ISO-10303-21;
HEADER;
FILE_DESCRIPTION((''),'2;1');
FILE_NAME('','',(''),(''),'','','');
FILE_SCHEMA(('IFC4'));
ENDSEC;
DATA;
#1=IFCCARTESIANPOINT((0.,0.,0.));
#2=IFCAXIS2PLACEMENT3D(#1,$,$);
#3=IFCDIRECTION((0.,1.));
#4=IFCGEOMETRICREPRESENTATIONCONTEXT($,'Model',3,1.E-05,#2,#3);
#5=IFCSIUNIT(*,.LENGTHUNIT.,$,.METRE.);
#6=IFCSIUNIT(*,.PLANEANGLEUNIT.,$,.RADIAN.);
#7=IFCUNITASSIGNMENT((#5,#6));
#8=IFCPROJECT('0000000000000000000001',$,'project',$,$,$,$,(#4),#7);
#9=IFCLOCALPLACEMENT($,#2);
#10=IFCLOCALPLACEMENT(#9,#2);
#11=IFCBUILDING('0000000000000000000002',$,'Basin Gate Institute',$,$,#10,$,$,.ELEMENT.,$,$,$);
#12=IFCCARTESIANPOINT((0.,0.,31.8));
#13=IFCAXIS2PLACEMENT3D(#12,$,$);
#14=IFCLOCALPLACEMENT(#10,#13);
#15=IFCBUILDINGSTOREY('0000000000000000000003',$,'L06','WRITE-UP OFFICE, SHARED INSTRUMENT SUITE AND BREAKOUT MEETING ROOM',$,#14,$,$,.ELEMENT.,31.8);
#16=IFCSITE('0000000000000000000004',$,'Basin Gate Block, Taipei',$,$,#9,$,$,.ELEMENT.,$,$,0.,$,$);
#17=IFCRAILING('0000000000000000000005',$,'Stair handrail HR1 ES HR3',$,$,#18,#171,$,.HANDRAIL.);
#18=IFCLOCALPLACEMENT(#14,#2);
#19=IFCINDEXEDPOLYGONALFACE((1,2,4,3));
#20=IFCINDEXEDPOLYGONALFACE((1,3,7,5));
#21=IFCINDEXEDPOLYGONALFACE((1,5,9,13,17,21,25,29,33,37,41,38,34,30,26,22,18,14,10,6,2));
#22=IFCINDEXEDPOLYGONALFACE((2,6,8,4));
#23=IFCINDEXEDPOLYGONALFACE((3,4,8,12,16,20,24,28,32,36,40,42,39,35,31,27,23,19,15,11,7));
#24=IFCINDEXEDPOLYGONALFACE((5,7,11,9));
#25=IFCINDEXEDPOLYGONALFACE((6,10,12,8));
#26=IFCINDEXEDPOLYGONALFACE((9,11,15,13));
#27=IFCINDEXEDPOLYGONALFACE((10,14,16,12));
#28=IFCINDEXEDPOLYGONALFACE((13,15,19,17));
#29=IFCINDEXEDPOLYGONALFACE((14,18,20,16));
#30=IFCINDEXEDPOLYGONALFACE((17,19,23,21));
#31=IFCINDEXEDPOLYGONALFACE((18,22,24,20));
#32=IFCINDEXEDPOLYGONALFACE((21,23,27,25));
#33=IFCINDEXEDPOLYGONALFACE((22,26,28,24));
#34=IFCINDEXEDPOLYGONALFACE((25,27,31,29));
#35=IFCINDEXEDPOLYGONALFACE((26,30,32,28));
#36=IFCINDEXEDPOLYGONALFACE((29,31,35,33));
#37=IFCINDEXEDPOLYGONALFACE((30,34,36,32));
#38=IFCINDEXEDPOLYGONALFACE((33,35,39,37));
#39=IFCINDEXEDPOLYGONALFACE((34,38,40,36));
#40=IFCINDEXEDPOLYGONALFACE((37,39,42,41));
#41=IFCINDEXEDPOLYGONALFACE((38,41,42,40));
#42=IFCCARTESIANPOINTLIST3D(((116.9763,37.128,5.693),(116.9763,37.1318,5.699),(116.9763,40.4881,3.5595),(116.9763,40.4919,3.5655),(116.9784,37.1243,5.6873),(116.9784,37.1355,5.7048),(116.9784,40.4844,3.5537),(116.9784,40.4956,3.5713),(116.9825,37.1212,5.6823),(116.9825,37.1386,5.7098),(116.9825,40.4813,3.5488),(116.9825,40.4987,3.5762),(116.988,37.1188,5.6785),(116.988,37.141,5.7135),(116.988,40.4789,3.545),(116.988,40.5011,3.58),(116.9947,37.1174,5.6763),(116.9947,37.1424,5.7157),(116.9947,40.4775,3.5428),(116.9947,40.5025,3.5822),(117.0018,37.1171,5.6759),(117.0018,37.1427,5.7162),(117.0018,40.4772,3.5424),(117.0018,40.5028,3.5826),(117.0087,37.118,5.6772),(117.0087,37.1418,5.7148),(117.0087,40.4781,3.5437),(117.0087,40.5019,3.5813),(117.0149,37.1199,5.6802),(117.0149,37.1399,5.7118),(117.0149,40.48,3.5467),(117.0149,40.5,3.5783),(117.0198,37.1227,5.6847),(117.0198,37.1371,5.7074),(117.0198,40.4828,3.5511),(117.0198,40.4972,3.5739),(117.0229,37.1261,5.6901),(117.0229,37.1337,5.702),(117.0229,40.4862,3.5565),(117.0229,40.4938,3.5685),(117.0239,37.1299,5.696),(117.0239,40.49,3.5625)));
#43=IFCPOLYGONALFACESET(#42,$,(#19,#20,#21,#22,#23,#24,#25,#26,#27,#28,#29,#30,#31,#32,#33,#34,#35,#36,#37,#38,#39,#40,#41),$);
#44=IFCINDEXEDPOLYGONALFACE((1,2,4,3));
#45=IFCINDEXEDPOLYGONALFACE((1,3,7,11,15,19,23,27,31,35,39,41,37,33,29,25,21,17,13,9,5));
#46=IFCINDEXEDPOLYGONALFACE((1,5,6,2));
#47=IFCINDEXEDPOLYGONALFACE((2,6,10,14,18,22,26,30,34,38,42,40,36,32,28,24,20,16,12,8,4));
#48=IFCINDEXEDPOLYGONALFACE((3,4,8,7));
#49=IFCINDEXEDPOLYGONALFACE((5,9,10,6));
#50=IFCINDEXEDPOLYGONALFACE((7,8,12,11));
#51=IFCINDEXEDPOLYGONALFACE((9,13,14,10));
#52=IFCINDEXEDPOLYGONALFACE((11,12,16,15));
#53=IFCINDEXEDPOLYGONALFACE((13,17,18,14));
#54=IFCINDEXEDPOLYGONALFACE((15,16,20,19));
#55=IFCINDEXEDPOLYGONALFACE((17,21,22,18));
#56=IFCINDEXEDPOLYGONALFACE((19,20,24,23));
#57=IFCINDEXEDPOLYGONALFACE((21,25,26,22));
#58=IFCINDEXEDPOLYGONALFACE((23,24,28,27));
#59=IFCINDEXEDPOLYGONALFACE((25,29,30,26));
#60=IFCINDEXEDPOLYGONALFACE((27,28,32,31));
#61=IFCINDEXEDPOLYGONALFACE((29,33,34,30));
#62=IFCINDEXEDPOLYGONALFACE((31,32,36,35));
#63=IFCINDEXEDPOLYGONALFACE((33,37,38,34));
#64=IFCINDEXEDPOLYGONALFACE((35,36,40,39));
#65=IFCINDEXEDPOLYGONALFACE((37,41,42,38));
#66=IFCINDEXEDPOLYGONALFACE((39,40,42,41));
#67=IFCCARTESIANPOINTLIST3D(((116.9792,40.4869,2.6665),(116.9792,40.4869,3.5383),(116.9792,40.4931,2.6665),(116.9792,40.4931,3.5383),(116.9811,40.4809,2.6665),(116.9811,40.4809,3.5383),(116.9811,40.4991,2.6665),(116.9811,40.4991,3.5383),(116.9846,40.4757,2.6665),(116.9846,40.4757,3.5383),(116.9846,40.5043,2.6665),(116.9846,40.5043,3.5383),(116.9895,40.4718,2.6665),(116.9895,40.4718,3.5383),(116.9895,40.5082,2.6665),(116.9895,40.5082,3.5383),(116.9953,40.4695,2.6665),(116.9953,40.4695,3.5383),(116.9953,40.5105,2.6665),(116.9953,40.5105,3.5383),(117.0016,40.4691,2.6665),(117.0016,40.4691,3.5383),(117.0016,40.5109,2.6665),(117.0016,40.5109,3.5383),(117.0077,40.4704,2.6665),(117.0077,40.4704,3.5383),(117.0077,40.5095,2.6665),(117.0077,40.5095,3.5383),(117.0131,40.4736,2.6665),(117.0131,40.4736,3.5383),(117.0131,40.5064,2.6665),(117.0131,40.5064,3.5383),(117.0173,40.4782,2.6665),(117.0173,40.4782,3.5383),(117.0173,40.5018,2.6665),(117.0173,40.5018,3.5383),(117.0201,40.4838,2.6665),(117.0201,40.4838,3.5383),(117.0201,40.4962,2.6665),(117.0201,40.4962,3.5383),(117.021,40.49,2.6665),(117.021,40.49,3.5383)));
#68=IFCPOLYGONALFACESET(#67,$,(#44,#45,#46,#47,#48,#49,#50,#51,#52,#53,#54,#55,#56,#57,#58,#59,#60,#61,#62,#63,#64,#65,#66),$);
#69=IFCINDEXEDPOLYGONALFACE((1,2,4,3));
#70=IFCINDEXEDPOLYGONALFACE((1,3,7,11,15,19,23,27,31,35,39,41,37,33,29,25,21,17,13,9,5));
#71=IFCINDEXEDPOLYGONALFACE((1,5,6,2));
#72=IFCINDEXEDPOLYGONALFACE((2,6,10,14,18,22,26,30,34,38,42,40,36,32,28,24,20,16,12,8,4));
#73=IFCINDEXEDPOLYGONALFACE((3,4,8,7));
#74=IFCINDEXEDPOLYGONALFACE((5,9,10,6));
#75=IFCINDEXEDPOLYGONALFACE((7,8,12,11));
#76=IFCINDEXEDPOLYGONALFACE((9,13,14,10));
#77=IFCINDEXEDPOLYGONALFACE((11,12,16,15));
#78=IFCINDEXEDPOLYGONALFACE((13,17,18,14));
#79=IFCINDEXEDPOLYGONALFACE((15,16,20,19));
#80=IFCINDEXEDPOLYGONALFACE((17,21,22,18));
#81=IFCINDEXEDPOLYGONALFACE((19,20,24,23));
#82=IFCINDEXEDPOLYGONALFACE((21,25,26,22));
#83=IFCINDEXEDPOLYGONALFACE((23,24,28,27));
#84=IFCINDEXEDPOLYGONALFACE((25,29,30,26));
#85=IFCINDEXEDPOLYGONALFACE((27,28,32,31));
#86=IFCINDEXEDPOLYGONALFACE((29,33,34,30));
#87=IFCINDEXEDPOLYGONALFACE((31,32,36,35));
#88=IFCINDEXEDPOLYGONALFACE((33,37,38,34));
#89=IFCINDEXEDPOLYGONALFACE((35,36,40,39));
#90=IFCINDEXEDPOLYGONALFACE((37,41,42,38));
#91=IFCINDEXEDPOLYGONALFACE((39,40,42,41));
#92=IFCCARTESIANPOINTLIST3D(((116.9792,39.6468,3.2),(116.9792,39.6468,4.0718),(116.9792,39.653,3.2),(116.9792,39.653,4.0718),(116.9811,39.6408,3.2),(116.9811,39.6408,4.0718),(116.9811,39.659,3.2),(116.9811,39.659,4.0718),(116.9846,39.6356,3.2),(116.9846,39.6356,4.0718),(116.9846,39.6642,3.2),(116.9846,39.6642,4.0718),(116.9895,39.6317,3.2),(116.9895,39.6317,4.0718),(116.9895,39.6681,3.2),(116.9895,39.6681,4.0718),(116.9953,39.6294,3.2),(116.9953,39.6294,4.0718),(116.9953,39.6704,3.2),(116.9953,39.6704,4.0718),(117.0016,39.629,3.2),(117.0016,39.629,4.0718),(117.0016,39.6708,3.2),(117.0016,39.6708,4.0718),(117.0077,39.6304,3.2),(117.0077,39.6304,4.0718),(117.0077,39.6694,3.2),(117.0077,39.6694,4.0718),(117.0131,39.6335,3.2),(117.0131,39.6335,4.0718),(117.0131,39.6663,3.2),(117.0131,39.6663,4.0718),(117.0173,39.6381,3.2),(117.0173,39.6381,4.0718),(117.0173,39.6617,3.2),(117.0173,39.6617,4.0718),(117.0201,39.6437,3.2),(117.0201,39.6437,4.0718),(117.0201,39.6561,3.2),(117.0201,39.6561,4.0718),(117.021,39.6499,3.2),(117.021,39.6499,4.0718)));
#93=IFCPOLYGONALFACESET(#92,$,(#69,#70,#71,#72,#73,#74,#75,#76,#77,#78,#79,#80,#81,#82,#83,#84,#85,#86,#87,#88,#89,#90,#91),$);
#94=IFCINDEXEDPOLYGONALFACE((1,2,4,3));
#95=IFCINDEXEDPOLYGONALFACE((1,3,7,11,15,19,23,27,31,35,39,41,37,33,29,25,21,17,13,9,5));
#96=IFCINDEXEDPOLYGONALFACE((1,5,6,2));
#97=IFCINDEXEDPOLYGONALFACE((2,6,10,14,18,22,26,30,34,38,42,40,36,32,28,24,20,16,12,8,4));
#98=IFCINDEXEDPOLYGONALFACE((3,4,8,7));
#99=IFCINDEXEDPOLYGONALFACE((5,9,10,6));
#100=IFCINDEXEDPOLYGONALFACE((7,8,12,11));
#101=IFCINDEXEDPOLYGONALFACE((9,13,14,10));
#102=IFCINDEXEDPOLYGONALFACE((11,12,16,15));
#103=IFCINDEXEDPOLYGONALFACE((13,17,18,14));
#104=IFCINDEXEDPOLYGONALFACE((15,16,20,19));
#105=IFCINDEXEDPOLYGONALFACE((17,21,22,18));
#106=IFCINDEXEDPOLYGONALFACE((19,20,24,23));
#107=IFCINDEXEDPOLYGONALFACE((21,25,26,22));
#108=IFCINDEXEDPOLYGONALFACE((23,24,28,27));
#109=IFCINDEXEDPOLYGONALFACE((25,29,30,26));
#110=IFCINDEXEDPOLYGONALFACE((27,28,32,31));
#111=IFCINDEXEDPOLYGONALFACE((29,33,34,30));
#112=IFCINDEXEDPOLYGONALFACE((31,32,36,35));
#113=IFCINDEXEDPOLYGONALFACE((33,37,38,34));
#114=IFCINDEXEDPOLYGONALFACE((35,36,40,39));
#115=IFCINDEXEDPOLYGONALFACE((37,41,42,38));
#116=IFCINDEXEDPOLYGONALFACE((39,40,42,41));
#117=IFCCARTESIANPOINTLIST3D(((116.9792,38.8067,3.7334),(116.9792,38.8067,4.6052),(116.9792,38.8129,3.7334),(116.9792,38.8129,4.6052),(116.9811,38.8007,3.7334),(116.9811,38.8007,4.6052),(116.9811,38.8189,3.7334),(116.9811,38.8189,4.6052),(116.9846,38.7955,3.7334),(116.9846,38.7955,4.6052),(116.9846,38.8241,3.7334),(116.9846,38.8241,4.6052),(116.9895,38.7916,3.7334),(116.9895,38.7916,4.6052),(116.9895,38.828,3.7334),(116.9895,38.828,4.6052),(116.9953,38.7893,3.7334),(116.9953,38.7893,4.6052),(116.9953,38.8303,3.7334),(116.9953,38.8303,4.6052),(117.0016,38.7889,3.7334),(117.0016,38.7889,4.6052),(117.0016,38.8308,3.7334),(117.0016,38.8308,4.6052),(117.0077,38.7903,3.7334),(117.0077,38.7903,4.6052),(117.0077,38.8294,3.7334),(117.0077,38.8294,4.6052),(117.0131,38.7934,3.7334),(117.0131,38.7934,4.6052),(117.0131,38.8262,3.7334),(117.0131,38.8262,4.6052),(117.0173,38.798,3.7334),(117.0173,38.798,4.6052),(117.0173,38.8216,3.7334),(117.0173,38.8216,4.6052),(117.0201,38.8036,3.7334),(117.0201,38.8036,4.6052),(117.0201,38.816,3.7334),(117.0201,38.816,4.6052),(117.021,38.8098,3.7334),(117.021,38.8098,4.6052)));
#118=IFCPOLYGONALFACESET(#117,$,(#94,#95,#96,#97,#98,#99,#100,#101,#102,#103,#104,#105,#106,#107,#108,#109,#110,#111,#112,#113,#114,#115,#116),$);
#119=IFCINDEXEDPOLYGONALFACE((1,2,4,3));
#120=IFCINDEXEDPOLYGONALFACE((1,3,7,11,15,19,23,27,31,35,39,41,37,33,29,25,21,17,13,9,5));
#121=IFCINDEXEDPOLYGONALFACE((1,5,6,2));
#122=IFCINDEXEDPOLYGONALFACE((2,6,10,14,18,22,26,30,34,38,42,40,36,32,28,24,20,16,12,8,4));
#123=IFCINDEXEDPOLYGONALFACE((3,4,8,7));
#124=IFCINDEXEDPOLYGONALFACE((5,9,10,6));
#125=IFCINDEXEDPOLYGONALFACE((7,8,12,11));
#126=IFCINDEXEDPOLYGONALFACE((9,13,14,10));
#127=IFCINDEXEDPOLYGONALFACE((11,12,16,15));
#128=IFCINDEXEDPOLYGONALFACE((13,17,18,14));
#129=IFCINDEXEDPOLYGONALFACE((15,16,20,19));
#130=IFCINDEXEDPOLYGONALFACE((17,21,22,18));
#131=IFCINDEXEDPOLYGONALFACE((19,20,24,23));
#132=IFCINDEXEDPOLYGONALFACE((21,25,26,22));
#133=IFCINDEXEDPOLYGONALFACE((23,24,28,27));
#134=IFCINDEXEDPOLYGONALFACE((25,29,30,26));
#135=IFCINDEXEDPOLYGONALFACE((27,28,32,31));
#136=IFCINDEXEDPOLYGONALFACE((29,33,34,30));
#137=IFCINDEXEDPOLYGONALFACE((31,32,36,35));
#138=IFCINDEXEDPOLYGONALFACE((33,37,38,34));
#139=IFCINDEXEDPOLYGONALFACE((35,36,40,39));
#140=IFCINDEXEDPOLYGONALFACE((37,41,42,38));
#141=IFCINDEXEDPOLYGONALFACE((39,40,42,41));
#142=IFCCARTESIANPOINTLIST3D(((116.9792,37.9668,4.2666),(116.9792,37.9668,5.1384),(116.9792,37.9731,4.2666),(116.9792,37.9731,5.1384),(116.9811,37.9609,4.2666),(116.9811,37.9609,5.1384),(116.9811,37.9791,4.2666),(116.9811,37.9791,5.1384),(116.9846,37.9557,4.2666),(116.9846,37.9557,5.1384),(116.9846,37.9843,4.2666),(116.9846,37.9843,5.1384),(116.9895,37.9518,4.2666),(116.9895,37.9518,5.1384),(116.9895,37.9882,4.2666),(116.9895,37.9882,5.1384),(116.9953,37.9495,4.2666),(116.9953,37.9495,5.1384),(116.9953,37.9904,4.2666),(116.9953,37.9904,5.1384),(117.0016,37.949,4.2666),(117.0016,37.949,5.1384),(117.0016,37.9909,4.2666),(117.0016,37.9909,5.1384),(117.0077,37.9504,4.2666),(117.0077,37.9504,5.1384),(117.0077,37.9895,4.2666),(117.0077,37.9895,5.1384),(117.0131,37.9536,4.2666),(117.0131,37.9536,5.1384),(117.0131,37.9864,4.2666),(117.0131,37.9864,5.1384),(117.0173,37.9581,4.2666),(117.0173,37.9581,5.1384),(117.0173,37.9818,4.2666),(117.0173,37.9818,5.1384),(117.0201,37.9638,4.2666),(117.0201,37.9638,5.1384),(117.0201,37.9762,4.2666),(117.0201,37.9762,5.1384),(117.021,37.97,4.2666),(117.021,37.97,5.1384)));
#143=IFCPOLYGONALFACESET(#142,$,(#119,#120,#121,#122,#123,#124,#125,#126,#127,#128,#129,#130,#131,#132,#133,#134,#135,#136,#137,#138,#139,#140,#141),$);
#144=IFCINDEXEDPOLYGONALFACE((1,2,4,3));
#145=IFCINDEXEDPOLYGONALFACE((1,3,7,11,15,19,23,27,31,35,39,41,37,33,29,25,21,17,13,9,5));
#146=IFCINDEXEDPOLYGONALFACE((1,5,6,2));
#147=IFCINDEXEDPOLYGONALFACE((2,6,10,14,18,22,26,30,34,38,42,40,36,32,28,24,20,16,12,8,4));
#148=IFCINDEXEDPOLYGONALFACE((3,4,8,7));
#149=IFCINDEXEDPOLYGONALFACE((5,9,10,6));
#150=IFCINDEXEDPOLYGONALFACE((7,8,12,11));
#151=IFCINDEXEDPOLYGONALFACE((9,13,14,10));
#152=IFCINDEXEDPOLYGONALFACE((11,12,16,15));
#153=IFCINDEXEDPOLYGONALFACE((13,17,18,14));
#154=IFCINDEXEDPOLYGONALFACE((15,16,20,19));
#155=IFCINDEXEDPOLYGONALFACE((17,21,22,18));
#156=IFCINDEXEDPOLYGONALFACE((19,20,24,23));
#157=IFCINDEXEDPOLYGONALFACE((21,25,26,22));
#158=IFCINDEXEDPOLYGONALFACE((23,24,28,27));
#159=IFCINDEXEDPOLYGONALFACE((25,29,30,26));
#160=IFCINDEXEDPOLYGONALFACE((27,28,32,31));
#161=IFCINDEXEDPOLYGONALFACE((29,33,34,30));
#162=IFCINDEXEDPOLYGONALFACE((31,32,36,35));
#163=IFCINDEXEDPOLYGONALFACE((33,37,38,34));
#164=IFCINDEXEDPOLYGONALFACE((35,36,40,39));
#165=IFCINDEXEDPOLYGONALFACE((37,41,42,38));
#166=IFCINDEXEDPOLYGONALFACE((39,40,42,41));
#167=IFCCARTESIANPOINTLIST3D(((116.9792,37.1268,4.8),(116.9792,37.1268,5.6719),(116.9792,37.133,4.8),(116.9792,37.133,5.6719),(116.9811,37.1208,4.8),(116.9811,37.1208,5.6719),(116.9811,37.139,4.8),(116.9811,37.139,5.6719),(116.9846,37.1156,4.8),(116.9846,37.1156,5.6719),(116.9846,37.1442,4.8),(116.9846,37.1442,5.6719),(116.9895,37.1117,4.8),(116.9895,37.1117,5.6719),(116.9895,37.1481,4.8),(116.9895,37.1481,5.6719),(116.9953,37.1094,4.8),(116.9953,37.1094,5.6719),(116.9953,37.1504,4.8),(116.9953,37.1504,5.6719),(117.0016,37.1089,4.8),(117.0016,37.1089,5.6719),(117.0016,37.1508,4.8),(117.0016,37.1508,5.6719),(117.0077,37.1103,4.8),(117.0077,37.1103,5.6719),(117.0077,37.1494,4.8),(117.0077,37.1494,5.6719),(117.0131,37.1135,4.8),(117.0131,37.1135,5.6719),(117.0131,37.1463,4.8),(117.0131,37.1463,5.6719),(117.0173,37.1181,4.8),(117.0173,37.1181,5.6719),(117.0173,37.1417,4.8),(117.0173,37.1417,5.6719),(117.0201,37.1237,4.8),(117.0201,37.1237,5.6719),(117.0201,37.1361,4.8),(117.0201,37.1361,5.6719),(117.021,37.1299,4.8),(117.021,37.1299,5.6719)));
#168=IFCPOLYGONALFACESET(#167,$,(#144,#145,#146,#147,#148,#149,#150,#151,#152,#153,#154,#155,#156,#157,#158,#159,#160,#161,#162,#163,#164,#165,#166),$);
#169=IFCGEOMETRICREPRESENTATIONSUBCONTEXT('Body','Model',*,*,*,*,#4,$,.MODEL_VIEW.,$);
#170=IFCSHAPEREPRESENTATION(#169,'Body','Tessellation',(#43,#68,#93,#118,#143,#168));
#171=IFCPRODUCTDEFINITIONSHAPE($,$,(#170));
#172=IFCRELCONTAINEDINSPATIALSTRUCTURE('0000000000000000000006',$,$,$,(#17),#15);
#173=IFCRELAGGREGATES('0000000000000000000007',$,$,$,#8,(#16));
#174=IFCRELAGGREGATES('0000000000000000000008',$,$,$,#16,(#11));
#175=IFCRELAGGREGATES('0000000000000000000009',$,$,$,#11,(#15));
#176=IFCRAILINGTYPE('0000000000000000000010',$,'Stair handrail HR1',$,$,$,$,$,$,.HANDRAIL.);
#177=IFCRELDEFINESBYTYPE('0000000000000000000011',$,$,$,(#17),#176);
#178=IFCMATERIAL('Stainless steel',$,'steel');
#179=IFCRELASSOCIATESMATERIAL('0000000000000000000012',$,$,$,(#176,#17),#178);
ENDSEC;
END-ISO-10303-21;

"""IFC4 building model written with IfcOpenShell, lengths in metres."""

from ifc_helpers import new_model, si_unit, direction, frame, origin, origin_2d, place, context, subcontext, project, spatial, circle, extrude, material, type_object, element, save


model = new_model("IFC4")

# Units and contexts
model_context = context("Model", 3, precision=1e-05, world=origin(), true_north=direction((0.0, 1.0)))
body_context = subcontext(model_context, "Body", "Model", "MODEL_VIEW")
ifc_project = project(units=[si_unit("LENGTHUNIT", "METRE"), si_unit("PLANEANGLEUNIT", "RADIAN")], contexts=[model_context])

# Site, building, storey
site_placement = place(None, origin())
site = spatial("IfcSite", under=ifc_project, at=site_placement, Name="Basin Gate Block, Taipei", CompositionType="ELEMENT", RefElevation=0.0)
building_placement = place(site_placement, origin())
building = spatial("IfcBuilding", under=site, at=building_placement, Name="Basin Gate Institute", CompositionType="ELEMENT")
storey_placement = place(building_placement, frame((0.0, 0.0, 31.8)))
storey = spatial("IfcBuildingStorey", under=building, at=storey_placement, Name="L06", Description="WRITE-UP OFFICE, SHARED INSTRUMENT SUITE AND BREAKOUT MEETING ROOM", CompositionType="ELEMENT", Elevation=31.8)

# Railing
ifc_material_1 = material(Name="Stainless steel", Category="steel")
railing_type_1 = type_object("IfcRailingType", Name="Stair handrail HR1", PredefinedType="HANDRAIL", material=ifc_material_1)
railing_1_placement = place(storey_placement, frame((117.0, 40.49, 2.6665)))
element("IfcRailing", 1, at=railing_1_placement, inside=storey, type_object=railing_type_1, material=ifc_material_1, Name="Stair handrail HR1 ES HR3", PredefinedType="HANDRAIL", context=body_context, shape_type="SweptSolid", body=[
    extrude(circle(Radius=0.0239, at=origin_2d()), frame((0.0, 0.0, 0.896), z_axis=(0.0, -0.844197, 0.536034), x_axis=(1.0, 0.0, 0.0)), (0.0, 0.0, 1.0), 3.9802),
    extrude(circle(Radius=0.021, at=origin_2d()), origin(), (0.0, 0.0, 1.0), 0.8718),
    extrude(circle(Radius=0.021, at=origin_2d()), frame((0.0, -0.8401, 0.5334)), (0.0, 0.0, 1.0), 0.8718),
    extrude(circle(Radius=0.021, at=origin_2d()), frame((0.0, -1.6802, 1.0669)), (0.0, 0.0, 1.0), 0.8718),
    extrude(circle(Radius=0.021, at=origin_2d()), frame((0.0, -2.52, 1.6001)), (0.0, 0.0, 1.0), 0.8718),
    extrude(circle(Radius=0.021, at=origin_2d()), frame((0.0, -3.3601, 2.1335)), (0.0, 0.0, 1.0), 0.8718),
])

save(model, "model.ifc")
